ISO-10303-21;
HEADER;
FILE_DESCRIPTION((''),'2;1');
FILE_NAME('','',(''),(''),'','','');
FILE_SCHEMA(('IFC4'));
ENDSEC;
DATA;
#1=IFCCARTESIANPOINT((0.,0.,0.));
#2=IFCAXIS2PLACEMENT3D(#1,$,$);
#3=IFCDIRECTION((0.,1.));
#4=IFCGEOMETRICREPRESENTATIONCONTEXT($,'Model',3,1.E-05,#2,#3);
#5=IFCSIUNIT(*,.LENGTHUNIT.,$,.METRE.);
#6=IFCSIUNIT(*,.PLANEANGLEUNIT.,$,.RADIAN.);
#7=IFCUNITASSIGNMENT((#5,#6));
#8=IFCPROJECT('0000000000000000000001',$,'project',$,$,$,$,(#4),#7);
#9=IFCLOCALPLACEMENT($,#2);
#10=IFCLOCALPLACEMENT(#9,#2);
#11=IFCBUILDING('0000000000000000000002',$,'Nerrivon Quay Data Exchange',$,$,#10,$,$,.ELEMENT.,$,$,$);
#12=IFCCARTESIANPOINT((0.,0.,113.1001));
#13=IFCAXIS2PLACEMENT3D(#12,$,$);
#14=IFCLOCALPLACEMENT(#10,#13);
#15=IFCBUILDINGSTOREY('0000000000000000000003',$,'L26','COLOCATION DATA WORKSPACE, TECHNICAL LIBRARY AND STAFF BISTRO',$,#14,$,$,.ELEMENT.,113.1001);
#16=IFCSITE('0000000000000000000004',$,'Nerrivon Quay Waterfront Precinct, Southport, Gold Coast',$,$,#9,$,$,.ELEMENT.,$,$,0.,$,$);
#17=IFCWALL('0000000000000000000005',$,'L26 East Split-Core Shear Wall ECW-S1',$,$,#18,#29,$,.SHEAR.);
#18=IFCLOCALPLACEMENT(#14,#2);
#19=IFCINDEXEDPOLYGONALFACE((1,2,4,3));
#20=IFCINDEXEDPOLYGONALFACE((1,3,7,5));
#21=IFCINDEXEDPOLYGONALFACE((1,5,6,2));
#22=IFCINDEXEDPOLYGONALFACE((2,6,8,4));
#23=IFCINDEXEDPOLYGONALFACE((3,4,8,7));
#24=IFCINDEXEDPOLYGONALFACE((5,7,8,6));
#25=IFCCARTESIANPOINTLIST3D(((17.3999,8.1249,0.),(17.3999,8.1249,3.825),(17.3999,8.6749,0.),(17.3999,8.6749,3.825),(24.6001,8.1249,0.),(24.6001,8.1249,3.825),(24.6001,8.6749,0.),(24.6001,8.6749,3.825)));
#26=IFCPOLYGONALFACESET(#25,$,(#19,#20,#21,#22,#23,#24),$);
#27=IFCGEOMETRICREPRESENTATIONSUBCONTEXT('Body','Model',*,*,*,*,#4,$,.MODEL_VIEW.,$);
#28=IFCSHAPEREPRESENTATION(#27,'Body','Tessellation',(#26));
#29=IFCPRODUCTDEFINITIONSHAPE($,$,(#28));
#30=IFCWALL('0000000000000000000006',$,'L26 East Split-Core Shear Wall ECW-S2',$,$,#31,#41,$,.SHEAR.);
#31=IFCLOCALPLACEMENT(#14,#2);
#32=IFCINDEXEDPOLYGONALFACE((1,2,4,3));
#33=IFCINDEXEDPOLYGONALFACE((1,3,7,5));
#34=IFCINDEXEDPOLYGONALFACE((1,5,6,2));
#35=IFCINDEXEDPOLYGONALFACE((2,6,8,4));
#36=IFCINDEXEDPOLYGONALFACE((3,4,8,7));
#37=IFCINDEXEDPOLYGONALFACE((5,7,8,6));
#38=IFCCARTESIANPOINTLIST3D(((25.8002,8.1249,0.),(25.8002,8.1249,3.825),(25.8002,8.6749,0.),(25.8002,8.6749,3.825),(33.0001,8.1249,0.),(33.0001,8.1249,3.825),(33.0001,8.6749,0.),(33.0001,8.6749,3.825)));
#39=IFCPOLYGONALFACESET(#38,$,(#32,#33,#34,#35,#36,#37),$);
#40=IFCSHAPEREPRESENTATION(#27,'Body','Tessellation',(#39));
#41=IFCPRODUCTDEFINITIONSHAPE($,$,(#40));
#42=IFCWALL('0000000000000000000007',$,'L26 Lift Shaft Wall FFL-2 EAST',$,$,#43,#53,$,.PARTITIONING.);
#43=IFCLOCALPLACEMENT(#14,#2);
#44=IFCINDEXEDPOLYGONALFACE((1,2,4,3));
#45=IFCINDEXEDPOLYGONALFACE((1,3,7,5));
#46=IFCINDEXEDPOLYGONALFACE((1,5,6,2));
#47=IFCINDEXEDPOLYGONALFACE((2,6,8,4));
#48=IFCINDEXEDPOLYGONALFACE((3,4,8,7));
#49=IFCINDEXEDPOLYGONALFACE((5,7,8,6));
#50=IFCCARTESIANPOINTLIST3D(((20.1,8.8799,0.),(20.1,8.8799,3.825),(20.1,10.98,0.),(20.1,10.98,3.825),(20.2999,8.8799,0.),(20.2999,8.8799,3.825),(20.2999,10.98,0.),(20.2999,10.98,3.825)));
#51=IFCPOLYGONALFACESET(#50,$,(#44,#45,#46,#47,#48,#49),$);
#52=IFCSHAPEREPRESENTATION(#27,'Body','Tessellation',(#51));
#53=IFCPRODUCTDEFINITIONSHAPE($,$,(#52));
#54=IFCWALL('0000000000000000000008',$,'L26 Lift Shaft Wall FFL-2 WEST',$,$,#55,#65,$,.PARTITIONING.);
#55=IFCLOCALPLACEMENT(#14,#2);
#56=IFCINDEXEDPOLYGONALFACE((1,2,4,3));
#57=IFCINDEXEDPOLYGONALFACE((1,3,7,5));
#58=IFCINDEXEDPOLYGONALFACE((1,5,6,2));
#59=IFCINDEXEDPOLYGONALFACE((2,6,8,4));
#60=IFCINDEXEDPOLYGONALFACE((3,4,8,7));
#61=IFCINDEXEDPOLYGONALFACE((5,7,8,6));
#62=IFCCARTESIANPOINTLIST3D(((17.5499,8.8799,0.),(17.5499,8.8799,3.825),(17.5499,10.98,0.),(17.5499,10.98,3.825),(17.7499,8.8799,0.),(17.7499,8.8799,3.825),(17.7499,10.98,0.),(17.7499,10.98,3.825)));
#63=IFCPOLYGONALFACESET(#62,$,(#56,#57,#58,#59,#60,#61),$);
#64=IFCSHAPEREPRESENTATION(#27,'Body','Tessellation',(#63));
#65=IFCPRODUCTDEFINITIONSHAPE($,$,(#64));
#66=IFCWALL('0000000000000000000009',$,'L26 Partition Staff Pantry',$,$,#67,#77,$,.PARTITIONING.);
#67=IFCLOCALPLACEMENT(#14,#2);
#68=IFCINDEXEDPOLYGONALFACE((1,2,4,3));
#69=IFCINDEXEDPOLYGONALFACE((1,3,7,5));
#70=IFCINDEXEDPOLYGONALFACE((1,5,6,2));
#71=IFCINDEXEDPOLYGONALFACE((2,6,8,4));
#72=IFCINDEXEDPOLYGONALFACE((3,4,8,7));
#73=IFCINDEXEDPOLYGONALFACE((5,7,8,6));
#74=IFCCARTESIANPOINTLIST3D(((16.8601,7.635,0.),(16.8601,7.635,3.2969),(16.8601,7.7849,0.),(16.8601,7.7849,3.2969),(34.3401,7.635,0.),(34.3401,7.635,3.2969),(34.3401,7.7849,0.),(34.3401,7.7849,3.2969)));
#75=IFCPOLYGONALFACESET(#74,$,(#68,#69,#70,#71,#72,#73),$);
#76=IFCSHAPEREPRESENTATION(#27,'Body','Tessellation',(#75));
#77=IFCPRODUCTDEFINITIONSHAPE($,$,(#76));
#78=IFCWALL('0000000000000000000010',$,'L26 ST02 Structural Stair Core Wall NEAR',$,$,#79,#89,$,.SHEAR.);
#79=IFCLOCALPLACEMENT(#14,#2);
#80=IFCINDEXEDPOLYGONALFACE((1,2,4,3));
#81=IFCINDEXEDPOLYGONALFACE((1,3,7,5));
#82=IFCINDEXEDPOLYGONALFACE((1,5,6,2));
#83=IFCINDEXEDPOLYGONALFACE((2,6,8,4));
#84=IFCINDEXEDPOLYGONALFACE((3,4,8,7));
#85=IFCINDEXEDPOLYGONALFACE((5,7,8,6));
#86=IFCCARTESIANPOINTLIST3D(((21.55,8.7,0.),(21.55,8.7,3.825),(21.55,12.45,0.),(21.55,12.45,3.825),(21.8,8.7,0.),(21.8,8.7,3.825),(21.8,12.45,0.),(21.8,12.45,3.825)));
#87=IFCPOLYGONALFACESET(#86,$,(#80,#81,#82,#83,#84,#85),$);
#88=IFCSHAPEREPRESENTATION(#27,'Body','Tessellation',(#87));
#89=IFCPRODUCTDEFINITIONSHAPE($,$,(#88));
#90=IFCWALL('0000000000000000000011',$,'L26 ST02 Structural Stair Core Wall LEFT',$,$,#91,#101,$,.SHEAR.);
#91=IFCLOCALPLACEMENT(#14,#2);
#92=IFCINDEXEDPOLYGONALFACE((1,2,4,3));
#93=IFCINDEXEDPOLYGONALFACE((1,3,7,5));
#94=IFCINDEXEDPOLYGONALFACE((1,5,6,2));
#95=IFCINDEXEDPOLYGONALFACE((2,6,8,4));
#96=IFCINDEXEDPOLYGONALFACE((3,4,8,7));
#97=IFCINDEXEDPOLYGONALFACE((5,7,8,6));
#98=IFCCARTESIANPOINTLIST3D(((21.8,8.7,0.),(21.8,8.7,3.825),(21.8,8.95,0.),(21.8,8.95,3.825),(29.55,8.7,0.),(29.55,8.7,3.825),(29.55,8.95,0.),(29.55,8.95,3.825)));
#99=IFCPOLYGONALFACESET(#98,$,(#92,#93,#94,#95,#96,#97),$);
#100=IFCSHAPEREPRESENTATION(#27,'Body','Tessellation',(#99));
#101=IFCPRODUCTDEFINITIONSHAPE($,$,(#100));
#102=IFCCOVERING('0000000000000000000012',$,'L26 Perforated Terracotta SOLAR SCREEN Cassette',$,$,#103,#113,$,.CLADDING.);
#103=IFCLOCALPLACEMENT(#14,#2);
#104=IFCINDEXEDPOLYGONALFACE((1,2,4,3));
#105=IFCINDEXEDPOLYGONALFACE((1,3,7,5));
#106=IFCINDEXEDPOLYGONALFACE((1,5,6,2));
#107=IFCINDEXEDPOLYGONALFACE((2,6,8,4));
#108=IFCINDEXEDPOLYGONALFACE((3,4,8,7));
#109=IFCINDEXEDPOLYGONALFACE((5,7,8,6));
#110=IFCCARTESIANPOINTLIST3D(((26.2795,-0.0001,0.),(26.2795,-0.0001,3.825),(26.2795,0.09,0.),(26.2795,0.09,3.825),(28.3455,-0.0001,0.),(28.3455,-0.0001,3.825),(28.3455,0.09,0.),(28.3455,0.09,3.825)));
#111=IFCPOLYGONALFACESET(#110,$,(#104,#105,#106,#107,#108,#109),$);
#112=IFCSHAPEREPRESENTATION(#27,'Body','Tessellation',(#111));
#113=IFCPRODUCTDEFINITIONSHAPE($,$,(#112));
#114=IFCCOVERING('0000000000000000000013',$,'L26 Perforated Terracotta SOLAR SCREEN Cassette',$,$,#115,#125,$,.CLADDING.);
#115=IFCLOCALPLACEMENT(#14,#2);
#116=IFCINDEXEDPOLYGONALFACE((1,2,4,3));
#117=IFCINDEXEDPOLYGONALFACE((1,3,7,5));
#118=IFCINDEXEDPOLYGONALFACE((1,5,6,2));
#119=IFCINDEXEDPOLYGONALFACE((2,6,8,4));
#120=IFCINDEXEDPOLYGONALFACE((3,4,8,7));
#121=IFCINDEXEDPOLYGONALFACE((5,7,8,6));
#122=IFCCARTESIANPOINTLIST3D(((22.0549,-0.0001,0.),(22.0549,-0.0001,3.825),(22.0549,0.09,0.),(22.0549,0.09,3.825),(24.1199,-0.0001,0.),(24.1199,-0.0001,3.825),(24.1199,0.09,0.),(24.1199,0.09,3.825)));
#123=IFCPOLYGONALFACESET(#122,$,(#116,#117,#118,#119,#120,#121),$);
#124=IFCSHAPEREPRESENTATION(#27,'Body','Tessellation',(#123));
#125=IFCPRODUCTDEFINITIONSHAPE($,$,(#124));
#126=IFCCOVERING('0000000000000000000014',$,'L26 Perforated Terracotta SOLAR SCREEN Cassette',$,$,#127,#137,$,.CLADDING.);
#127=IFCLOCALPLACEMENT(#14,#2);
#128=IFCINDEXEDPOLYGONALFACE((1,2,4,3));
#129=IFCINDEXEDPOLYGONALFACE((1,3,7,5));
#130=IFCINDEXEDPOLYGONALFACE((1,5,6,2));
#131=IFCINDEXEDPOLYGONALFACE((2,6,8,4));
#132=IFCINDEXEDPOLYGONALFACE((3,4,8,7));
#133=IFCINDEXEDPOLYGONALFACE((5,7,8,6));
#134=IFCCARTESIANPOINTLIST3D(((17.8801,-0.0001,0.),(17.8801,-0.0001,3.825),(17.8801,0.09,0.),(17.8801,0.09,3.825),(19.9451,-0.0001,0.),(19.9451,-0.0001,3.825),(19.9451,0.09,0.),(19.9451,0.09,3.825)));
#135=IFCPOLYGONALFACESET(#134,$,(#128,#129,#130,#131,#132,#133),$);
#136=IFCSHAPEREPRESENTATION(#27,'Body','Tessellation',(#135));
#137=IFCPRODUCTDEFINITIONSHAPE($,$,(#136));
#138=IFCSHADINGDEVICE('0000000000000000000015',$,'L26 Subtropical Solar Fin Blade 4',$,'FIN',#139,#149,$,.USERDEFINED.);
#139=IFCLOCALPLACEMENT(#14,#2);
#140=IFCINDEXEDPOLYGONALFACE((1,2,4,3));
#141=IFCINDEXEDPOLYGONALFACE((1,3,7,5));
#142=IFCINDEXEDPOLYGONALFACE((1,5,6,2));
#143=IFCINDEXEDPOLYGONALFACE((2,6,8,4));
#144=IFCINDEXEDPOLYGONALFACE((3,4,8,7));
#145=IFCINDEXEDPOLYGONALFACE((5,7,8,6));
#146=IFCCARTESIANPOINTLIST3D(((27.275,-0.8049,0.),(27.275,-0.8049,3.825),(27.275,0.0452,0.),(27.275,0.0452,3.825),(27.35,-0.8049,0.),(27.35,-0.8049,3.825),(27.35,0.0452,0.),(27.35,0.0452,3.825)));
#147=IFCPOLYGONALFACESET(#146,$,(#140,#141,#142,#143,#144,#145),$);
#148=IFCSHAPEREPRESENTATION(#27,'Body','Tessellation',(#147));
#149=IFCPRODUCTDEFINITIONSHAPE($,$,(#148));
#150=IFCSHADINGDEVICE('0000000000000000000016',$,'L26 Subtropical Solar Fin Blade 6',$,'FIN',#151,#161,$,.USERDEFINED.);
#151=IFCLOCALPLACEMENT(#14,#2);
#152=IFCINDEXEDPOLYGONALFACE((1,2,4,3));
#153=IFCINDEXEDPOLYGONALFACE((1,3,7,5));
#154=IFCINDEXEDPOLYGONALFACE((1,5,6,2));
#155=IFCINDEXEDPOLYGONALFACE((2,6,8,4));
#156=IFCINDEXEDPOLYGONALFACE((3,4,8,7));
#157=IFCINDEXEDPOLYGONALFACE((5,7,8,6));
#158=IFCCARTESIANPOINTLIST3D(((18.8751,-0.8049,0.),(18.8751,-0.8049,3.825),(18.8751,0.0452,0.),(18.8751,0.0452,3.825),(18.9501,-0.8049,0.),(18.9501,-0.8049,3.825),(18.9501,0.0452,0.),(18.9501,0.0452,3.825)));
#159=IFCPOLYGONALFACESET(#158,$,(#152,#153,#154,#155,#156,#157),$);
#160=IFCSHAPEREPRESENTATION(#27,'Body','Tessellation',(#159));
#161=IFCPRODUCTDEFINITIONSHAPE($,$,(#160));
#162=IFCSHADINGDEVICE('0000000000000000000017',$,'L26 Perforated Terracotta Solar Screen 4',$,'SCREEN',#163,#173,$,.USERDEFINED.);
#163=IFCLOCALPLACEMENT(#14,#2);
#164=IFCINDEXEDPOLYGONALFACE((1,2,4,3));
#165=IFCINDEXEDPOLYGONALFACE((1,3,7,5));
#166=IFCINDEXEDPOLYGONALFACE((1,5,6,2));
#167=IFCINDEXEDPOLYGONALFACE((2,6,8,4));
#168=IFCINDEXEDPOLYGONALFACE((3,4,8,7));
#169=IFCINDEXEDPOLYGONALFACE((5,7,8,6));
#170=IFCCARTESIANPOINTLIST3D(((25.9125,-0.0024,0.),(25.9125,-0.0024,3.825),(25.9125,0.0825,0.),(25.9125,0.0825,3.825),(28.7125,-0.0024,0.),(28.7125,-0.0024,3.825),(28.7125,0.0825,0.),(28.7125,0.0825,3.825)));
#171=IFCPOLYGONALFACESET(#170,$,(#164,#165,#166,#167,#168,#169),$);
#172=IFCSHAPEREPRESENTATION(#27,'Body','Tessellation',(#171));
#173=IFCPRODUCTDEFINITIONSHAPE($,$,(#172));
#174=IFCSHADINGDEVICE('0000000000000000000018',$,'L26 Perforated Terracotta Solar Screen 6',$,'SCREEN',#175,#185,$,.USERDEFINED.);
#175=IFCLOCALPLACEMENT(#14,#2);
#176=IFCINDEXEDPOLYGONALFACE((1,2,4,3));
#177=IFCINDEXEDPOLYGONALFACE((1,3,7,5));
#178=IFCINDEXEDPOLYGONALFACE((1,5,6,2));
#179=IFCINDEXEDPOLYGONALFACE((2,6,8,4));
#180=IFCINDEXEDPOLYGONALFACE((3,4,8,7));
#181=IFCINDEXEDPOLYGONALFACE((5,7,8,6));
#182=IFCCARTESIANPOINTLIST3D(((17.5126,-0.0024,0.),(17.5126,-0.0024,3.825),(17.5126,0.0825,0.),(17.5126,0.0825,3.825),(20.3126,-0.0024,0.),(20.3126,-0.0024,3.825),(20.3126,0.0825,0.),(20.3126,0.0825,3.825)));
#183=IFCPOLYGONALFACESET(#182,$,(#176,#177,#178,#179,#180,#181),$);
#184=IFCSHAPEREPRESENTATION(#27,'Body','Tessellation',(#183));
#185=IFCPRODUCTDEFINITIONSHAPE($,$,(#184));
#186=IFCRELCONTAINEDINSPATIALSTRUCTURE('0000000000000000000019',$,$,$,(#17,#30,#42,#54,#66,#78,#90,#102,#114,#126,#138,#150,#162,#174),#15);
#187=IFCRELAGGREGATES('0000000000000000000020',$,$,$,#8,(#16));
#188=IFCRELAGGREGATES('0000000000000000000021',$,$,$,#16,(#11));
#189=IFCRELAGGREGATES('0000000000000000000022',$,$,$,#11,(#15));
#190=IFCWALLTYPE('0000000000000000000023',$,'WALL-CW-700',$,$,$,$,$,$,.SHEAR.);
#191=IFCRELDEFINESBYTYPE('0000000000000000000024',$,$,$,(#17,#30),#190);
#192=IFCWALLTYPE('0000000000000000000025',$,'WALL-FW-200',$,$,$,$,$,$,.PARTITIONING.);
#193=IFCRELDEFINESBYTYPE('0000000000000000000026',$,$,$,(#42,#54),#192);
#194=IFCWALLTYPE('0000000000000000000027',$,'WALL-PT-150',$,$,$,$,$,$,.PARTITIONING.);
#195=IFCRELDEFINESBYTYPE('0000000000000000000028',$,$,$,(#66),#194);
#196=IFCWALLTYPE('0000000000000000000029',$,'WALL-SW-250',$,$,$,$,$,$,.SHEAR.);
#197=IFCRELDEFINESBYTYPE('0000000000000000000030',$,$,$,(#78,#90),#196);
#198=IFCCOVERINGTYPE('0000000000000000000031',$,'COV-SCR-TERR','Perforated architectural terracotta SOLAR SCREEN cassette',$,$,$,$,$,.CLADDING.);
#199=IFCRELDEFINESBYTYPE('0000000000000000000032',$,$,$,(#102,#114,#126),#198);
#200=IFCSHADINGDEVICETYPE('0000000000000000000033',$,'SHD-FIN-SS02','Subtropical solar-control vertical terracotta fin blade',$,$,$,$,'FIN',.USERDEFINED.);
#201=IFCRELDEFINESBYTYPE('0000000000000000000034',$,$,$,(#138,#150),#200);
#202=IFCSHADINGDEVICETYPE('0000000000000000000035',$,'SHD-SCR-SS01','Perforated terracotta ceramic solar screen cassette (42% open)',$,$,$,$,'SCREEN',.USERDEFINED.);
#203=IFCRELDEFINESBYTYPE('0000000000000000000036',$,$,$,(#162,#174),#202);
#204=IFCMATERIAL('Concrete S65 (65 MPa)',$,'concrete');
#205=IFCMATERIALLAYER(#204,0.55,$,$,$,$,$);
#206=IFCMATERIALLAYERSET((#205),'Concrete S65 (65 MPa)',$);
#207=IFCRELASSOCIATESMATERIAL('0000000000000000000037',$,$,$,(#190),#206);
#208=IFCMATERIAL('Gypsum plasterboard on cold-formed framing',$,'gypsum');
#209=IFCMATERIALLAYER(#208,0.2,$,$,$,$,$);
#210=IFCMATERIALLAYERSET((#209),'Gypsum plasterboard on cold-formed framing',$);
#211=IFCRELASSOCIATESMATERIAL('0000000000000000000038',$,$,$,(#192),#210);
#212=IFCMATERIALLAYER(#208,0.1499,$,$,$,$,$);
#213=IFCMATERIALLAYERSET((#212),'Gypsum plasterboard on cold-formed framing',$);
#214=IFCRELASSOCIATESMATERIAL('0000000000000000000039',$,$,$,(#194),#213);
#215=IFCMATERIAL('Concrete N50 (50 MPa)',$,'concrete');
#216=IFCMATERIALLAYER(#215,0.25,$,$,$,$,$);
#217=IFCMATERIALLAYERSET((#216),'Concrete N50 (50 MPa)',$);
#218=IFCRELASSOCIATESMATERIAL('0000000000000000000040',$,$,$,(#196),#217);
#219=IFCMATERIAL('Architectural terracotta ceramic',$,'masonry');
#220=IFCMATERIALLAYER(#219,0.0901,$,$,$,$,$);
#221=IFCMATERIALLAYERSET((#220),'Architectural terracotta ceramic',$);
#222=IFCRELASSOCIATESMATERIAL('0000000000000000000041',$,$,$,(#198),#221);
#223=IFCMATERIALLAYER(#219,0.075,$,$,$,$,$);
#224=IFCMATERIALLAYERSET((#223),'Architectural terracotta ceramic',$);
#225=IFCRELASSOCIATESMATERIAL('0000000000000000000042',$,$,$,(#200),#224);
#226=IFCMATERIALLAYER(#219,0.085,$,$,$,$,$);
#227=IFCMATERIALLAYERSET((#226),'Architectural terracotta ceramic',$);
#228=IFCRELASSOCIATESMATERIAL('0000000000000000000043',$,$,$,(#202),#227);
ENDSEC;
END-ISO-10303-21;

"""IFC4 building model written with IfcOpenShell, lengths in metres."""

from ifc_helpers import new_model, si_unit, direction, frame, frame_2d, origin, origin_2d, place, context, subcontext, project, spatial, rectangle, extrude, material, layer, layer_set, type_object, element, save


model = new_model("IFC4")

# Units and contexts
model_context = context("Model", 3, precision=1e-05, world=origin(), true_north=direction((0.0, 1.0)))
body_context = subcontext(model_context, "Body", "Model", "MODEL_VIEW")
ifc_project = project(units=[si_unit("LENGTHUNIT", "METRE"), si_unit("PLANEANGLEUNIT", "RADIAN")], contexts=[model_context])

# Site, building, storey
site_placement = place(None, origin())
site = spatial("IfcSite", under=ifc_project, at=site_placement, Name="Nerrivon Quay Waterfront Precinct, Southport, Gold Coast", CompositionType="ELEMENT", RefElevation=0.0)
building_placement = place(site_placement, origin())
building = spatial("IfcBuilding", under=site, at=building_placement, Name="Nerrivon Quay Data Exchange", CompositionType="ELEMENT")
storey_placement = place(building_placement, frame((0.0, 0.0, 113.1001)))
storey = spatial("IfcBuildingStorey", under=building, at=storey_placement, Name="L26", Description="COLOCATION DATA WORKSPACE, TECHNICAL LIBRARY AND STAFF BISTRO", CompositionType="ELEMENT", Elevation=113.1001)

# Shared definitions
ifc_material_1 = material(Name="Concrete S65 (65 MPa)", Category="concrete")
ifc_material_2 = material(Name="Concrete N50 (50 MPa)", Category="concrete")

# Walls
ifc_layer_1 = layer(ifc_material_1, 0.55)
ifc_layer_set_1 = layer_set([ifc_layer_1], Name="Concrete S65 (65 MPa)")
wall_type_1 = type_object("IfcWallType", Name="WALL-CW-700", PredefinedType="SHEAR", material=ifc_layer_set_1)
wall_1_placement = place(storey_placement, frame((17.3999, 8.3999, 0.0), z_axis=(0.0, 0.0, 1.0), x_axis=(1.0, 0.0, 0.0)))
element("IfcWall", 1, at=wall_1_placement, inside=storey, type_object=wall_type_1, Name="L26 East Split-Core Shear Wall ECW-S1", PredefinedType="SHEAR", context=body_context, shape_type="SweptSolid", body=[
    extrude(rectangle(XDim=7.2002, YDim=0.55, at=frame_2d((3.6001, 0.0))), origin(), (0.0, 0.0, 1.0), 3.825),
])
wall_2_placement = place(storey_placement, frame((25.8, 8.3999, 0.0), z_axis=(0.0, 0.0, 1.0), x_axis=(1.0, 0.0, 0.0)))
element("IfcWall", 2, at=wall_2_placement, inside=storey, type_object=wall_type_1, Name="L26 East Split-Core Shear Wall ECW-S2", PredefinedType="SHEAR", context=body_context, shape_type="SweptSolid", body=[
    extrude(rectangle(XDim=7.2, YDim=0.55, at=frame_2d((3.6001, 0.0))), origin(), (0.0, 0.0, 1.0), 3.825),
])
ifc_material_3 = material(Name="Gypsum plasterboard on cold-formed framing", Category="gypsum")
ifc_layer_2 = layer(ifc_material_3, 0.2)
ifc_layer_set_2 = layer_set([ifc_layer_2], Name="Gypsum plasterboard on cold-formed framing")
wall_type_2 = type_object("IfcWallType", Name="WALL-FW-200", PredefinedType="PARTITIONING", material=ifc_layer_set_2)
for number, where, z_axis, x_axis, name in (
    (3, (20.2, 8.8799, 0.0), (0.0, 0.0, 1.0), (0.0, 1.0, 0.0), "L26 Lift Shaft Wall FFL-2 EAST"),
    (4, (17.6499, 8.8799, 0.0), (0.0, 0.0, 1.0), (0.0, 1.0, 0.0), "L26 Lift Shaft Wall FFL-2 WEST"),
):
    element("IfcWall", number, at=place(storey_placement, frame(where, z_axis=z_axis, x_axis=x_axis)), inside=storey, type_object=wall_type_2, Name=name, PredefinedType="PARTITIONING", context=body_context, shape_type="SweptSolid", body=[
        extrude(rectangle(XDim=2.1001, YDim=0.2, at=frame_2d((1.05, 0.0))), origin(), (0.0, 0.0, 1.0), 3.825),
    ])
ifc_layer_3 = layer(ifc_material_3, 0.1499)
ifc_layer_set_3 = layer_set([ifc_layer_3], Name="Gypsum plasterboard on cold-formed framing")
wall_type_3 = type_object("IfcWallType", Name="WALL-PT-150", PredefinedType="PARTITIONING", material=ifc_layer_set_3)
wall_3_placement = place(storey_placement, frame((16.8601, 7.71, 0.0), z_axis=(0.0, 0.0, 1.0), x_axis=(1.0, 0.0, 0.0)))
element("IfcWall", 5, at=wall_3_placement, inside=storey, type_object=wall_type_3, Name="L26 Partition Staff Pantry", PredefinedType="PARTITIONING", context=body_context, shape_type="SweptSolid", body=[
    extrude(rectangle(XDim=17.48, YDim=0.1499, at=frame_2d((8.74, 0.0))), origin(), (0.0, 0.0, 1.0), 3.2969),
])
ifc_layer_4 = layer(ifc_material_2, 0.25)
ifc_layer_set_4 = layer_set([ifc_layer_4], Name="Concrete N50 (50 MPa)")
wall_type_4 = type_object("IfcWallType", Name="WALL-SW-250", PredefinedType="SHEAR", material=ifc_layer_set_4)
wall_4_placement = place(storey_placement, frame((21.675, 8.7, 0.0), z_axis=(0.0, 0.0, 1.0), x_axis=(0.0, 1.0, 0.0)))
element("IfcWall", 6, at=wall_4_placement, inside=storey, type_object=wall_type_4, Name="L26 ST02 Structural Stair Core Wall NEAR", PredefinedType="SHEAR", context=body_context, shape_type="SweptSolid", body=[
    extrude(rectangle(XDim=3.75, YDim=0.25, at=frame_2d((1.875, 0.0))), origin(), (0.0, 0.0, 1.0), 3.825),
])
wall_5_placement = place(storey_placement, frame((21.8, 8.825, 0.0), z_axis=(0.0, 0.0, 1.0), x_axis=(1.0, 0.0, 0.0)))
element("IfcWall", 7, at=wall_5_placement, inside=storey, type_object=wall_type_4, Name="L26 ST02 Structural Stair Core Wall LEFT", PredefinedType="SHEAR", context=body_context, shape_type="SweptSolid", body=[
    extrude(rectangle(XDim=7.75, YDim=0.25, at=frame_2d((3.875, 0.0))), origin(), (0.0, 0.0, 1.0), 3.825),
])

# Coverings
ifc_material_4 = material(Name="Architectural terracotta ceramic", Category="masonry")
ifc_layer_5 = layer(ifc_material_4, 0.0901)
ifc_layer_set_5 = layer_set([ifc_layer_5], Name="Architectural terracotta ceramic")
covering_type = type_object("IfcCoveringType", Name="COV-SCR-TERR", Description="Perforated architectural terracotta SOLAR SCREEN cassette", PredefinedType="CLADDING", material=ifc_layer_set_5)
covering_placement = place(storey_placement, frame((27.3125, 0.0449, 0.0), z_axis=(0.0, 0.0, 1.0), x_axis=(-1.0, 0.0, 0.0)))
element("IfcCovering", 8, at=covering_placement, inside=storey, type_object=covering_type, Name="L26 Perforated Terracotta SOLAR SCREEN Cassette", PredefinedType="CLADDING", context=body_context, shape_type="SweptSolid", body=[
    extrude(rectangle(XDim=2.0659, YDim=0.0901, at=origin_2d()), origin(), (0.0, 0.0, 1.0), 3.825),
])
for number, where, z_axis, x_axis, name in (
    (9, (23.0874, 0.0449, 0.0), (0.0, 0.0, 1.0), (-1.0, 0.0, 0.0), "L26 Perforated Terracotta SOLAR SCREEN Cassette"),
    (10, (18.9126, 0.0449, 0.0), (0.0, 0.0, 1.0), (-1.0, 0.0, 0.0), "L26 Perforated Terracotta SOLAR SCREEN Cassette"),
):
    element("IfcCovering", number, at=place(storey_placement, frame(where, z_axis=z_axis, x_axis=x_axis)), inside=storey, type_object=covering_type, Name=name, PredefinedType="CLADDING", context=body_context, shape_type="SweptSolid", body=[
        extrude(rectangle(XDim=2.0649, YDim=0.0901, at=origin_2d()), origin(), (0.0, 0.0, 1.0), 3.825),
    ])

# Shading devices
ifc_layer_6 = layer(ifc_material_4, 0.075)
ifc_layer_set_6 = layer_set([ifc_layer_6], Name="Architectural terracotta ceramic")
shading_device_type_1 = type_object("IfcShadingDeviceType", Name="SHD-FIN-SS02", Description="Subtropical solar-control vertical terracotta fin blade", ElementType="FIN", PredefinedType="USERDEFINED", material=ifc_layer_set_6)
for number, where, z_axis, x_axis, name in (
    (11, (27.3125, -0.3799, 0.0), (0.0, 0.0, 1.0), (-1.0, 0.0, 0.0), "L26 Subtropical Solar Fin Blade 4"),
    (12, (18.9126, -0.3799, 0.0), (0.0, 0.0, 1.0), (-1.0, 0.0, 0.0), "L26 Subtropical Solar Fin Blade 6"),
):
    element("IfcShadingDevice", number, at=place(storey_placement, frame(where, z_axis=z_axis, x_axis=x_axis)), inside=storey, type_object=shading_device_type_1, Name=name, ObjectType="FIN", PredefinedType="USERDEFINED", context=body_context, shape_type="SweptSolid", body=[
        extrude(rectangle(XDim=0.075, YDim=0.8501, at=origin_2d()), origin(), (0.0, 0.0, 1.0), 3.825),
    ])
ifc_layer_7 = layer(ifc_material_4, 0.085)
ifc_layer_set_7 = layer_set([ifc_layer_7], Name="Architectural terracotta ceramic")
shading_device_type_2 = type_object("IfcShadingDeviceType", Name="SHD-SCR-SS01", Description="Perforated terracotta ceramic solar screen cassette (42% open)", ElementType="SCREEN", PredefinedType="USERDEFINED", material=ifc_layer_set_7)
for number, where, z_axis, x_axis, name in (
    (13, (27.3125, 0.04, 0.0), (0.0, 0.0, 1.0), (-1.0, 0.0, 0.0), "L26 Perforated Terracotta Solar Screen 4"),
    (14, (18.9126, 0.04, 0.0), (0.0, 0.0, 1.0), (-1.0, 0.0, 0.0), "L26 Perforated Terracotta Solar Screen 6"),
):
    element("IfcShadingDevice", number, at=place(storey_placement, frame(where, z_axis=z_axis, x_axis=x_axis)), inside=storey, type_object=shading_device_type_2, Name=name, ObjectType="SCREEN", PredefinedType="USERDEFINED", context=body_context, shape_type="SweptSolid", body=[
        extrude(rectangle(XDim=2.8, YDim=0.085, at=origin_2d()), origin(), (0.0, 0.0, 1.0), 3.825),
    ])

save(model, "model.ifc")
